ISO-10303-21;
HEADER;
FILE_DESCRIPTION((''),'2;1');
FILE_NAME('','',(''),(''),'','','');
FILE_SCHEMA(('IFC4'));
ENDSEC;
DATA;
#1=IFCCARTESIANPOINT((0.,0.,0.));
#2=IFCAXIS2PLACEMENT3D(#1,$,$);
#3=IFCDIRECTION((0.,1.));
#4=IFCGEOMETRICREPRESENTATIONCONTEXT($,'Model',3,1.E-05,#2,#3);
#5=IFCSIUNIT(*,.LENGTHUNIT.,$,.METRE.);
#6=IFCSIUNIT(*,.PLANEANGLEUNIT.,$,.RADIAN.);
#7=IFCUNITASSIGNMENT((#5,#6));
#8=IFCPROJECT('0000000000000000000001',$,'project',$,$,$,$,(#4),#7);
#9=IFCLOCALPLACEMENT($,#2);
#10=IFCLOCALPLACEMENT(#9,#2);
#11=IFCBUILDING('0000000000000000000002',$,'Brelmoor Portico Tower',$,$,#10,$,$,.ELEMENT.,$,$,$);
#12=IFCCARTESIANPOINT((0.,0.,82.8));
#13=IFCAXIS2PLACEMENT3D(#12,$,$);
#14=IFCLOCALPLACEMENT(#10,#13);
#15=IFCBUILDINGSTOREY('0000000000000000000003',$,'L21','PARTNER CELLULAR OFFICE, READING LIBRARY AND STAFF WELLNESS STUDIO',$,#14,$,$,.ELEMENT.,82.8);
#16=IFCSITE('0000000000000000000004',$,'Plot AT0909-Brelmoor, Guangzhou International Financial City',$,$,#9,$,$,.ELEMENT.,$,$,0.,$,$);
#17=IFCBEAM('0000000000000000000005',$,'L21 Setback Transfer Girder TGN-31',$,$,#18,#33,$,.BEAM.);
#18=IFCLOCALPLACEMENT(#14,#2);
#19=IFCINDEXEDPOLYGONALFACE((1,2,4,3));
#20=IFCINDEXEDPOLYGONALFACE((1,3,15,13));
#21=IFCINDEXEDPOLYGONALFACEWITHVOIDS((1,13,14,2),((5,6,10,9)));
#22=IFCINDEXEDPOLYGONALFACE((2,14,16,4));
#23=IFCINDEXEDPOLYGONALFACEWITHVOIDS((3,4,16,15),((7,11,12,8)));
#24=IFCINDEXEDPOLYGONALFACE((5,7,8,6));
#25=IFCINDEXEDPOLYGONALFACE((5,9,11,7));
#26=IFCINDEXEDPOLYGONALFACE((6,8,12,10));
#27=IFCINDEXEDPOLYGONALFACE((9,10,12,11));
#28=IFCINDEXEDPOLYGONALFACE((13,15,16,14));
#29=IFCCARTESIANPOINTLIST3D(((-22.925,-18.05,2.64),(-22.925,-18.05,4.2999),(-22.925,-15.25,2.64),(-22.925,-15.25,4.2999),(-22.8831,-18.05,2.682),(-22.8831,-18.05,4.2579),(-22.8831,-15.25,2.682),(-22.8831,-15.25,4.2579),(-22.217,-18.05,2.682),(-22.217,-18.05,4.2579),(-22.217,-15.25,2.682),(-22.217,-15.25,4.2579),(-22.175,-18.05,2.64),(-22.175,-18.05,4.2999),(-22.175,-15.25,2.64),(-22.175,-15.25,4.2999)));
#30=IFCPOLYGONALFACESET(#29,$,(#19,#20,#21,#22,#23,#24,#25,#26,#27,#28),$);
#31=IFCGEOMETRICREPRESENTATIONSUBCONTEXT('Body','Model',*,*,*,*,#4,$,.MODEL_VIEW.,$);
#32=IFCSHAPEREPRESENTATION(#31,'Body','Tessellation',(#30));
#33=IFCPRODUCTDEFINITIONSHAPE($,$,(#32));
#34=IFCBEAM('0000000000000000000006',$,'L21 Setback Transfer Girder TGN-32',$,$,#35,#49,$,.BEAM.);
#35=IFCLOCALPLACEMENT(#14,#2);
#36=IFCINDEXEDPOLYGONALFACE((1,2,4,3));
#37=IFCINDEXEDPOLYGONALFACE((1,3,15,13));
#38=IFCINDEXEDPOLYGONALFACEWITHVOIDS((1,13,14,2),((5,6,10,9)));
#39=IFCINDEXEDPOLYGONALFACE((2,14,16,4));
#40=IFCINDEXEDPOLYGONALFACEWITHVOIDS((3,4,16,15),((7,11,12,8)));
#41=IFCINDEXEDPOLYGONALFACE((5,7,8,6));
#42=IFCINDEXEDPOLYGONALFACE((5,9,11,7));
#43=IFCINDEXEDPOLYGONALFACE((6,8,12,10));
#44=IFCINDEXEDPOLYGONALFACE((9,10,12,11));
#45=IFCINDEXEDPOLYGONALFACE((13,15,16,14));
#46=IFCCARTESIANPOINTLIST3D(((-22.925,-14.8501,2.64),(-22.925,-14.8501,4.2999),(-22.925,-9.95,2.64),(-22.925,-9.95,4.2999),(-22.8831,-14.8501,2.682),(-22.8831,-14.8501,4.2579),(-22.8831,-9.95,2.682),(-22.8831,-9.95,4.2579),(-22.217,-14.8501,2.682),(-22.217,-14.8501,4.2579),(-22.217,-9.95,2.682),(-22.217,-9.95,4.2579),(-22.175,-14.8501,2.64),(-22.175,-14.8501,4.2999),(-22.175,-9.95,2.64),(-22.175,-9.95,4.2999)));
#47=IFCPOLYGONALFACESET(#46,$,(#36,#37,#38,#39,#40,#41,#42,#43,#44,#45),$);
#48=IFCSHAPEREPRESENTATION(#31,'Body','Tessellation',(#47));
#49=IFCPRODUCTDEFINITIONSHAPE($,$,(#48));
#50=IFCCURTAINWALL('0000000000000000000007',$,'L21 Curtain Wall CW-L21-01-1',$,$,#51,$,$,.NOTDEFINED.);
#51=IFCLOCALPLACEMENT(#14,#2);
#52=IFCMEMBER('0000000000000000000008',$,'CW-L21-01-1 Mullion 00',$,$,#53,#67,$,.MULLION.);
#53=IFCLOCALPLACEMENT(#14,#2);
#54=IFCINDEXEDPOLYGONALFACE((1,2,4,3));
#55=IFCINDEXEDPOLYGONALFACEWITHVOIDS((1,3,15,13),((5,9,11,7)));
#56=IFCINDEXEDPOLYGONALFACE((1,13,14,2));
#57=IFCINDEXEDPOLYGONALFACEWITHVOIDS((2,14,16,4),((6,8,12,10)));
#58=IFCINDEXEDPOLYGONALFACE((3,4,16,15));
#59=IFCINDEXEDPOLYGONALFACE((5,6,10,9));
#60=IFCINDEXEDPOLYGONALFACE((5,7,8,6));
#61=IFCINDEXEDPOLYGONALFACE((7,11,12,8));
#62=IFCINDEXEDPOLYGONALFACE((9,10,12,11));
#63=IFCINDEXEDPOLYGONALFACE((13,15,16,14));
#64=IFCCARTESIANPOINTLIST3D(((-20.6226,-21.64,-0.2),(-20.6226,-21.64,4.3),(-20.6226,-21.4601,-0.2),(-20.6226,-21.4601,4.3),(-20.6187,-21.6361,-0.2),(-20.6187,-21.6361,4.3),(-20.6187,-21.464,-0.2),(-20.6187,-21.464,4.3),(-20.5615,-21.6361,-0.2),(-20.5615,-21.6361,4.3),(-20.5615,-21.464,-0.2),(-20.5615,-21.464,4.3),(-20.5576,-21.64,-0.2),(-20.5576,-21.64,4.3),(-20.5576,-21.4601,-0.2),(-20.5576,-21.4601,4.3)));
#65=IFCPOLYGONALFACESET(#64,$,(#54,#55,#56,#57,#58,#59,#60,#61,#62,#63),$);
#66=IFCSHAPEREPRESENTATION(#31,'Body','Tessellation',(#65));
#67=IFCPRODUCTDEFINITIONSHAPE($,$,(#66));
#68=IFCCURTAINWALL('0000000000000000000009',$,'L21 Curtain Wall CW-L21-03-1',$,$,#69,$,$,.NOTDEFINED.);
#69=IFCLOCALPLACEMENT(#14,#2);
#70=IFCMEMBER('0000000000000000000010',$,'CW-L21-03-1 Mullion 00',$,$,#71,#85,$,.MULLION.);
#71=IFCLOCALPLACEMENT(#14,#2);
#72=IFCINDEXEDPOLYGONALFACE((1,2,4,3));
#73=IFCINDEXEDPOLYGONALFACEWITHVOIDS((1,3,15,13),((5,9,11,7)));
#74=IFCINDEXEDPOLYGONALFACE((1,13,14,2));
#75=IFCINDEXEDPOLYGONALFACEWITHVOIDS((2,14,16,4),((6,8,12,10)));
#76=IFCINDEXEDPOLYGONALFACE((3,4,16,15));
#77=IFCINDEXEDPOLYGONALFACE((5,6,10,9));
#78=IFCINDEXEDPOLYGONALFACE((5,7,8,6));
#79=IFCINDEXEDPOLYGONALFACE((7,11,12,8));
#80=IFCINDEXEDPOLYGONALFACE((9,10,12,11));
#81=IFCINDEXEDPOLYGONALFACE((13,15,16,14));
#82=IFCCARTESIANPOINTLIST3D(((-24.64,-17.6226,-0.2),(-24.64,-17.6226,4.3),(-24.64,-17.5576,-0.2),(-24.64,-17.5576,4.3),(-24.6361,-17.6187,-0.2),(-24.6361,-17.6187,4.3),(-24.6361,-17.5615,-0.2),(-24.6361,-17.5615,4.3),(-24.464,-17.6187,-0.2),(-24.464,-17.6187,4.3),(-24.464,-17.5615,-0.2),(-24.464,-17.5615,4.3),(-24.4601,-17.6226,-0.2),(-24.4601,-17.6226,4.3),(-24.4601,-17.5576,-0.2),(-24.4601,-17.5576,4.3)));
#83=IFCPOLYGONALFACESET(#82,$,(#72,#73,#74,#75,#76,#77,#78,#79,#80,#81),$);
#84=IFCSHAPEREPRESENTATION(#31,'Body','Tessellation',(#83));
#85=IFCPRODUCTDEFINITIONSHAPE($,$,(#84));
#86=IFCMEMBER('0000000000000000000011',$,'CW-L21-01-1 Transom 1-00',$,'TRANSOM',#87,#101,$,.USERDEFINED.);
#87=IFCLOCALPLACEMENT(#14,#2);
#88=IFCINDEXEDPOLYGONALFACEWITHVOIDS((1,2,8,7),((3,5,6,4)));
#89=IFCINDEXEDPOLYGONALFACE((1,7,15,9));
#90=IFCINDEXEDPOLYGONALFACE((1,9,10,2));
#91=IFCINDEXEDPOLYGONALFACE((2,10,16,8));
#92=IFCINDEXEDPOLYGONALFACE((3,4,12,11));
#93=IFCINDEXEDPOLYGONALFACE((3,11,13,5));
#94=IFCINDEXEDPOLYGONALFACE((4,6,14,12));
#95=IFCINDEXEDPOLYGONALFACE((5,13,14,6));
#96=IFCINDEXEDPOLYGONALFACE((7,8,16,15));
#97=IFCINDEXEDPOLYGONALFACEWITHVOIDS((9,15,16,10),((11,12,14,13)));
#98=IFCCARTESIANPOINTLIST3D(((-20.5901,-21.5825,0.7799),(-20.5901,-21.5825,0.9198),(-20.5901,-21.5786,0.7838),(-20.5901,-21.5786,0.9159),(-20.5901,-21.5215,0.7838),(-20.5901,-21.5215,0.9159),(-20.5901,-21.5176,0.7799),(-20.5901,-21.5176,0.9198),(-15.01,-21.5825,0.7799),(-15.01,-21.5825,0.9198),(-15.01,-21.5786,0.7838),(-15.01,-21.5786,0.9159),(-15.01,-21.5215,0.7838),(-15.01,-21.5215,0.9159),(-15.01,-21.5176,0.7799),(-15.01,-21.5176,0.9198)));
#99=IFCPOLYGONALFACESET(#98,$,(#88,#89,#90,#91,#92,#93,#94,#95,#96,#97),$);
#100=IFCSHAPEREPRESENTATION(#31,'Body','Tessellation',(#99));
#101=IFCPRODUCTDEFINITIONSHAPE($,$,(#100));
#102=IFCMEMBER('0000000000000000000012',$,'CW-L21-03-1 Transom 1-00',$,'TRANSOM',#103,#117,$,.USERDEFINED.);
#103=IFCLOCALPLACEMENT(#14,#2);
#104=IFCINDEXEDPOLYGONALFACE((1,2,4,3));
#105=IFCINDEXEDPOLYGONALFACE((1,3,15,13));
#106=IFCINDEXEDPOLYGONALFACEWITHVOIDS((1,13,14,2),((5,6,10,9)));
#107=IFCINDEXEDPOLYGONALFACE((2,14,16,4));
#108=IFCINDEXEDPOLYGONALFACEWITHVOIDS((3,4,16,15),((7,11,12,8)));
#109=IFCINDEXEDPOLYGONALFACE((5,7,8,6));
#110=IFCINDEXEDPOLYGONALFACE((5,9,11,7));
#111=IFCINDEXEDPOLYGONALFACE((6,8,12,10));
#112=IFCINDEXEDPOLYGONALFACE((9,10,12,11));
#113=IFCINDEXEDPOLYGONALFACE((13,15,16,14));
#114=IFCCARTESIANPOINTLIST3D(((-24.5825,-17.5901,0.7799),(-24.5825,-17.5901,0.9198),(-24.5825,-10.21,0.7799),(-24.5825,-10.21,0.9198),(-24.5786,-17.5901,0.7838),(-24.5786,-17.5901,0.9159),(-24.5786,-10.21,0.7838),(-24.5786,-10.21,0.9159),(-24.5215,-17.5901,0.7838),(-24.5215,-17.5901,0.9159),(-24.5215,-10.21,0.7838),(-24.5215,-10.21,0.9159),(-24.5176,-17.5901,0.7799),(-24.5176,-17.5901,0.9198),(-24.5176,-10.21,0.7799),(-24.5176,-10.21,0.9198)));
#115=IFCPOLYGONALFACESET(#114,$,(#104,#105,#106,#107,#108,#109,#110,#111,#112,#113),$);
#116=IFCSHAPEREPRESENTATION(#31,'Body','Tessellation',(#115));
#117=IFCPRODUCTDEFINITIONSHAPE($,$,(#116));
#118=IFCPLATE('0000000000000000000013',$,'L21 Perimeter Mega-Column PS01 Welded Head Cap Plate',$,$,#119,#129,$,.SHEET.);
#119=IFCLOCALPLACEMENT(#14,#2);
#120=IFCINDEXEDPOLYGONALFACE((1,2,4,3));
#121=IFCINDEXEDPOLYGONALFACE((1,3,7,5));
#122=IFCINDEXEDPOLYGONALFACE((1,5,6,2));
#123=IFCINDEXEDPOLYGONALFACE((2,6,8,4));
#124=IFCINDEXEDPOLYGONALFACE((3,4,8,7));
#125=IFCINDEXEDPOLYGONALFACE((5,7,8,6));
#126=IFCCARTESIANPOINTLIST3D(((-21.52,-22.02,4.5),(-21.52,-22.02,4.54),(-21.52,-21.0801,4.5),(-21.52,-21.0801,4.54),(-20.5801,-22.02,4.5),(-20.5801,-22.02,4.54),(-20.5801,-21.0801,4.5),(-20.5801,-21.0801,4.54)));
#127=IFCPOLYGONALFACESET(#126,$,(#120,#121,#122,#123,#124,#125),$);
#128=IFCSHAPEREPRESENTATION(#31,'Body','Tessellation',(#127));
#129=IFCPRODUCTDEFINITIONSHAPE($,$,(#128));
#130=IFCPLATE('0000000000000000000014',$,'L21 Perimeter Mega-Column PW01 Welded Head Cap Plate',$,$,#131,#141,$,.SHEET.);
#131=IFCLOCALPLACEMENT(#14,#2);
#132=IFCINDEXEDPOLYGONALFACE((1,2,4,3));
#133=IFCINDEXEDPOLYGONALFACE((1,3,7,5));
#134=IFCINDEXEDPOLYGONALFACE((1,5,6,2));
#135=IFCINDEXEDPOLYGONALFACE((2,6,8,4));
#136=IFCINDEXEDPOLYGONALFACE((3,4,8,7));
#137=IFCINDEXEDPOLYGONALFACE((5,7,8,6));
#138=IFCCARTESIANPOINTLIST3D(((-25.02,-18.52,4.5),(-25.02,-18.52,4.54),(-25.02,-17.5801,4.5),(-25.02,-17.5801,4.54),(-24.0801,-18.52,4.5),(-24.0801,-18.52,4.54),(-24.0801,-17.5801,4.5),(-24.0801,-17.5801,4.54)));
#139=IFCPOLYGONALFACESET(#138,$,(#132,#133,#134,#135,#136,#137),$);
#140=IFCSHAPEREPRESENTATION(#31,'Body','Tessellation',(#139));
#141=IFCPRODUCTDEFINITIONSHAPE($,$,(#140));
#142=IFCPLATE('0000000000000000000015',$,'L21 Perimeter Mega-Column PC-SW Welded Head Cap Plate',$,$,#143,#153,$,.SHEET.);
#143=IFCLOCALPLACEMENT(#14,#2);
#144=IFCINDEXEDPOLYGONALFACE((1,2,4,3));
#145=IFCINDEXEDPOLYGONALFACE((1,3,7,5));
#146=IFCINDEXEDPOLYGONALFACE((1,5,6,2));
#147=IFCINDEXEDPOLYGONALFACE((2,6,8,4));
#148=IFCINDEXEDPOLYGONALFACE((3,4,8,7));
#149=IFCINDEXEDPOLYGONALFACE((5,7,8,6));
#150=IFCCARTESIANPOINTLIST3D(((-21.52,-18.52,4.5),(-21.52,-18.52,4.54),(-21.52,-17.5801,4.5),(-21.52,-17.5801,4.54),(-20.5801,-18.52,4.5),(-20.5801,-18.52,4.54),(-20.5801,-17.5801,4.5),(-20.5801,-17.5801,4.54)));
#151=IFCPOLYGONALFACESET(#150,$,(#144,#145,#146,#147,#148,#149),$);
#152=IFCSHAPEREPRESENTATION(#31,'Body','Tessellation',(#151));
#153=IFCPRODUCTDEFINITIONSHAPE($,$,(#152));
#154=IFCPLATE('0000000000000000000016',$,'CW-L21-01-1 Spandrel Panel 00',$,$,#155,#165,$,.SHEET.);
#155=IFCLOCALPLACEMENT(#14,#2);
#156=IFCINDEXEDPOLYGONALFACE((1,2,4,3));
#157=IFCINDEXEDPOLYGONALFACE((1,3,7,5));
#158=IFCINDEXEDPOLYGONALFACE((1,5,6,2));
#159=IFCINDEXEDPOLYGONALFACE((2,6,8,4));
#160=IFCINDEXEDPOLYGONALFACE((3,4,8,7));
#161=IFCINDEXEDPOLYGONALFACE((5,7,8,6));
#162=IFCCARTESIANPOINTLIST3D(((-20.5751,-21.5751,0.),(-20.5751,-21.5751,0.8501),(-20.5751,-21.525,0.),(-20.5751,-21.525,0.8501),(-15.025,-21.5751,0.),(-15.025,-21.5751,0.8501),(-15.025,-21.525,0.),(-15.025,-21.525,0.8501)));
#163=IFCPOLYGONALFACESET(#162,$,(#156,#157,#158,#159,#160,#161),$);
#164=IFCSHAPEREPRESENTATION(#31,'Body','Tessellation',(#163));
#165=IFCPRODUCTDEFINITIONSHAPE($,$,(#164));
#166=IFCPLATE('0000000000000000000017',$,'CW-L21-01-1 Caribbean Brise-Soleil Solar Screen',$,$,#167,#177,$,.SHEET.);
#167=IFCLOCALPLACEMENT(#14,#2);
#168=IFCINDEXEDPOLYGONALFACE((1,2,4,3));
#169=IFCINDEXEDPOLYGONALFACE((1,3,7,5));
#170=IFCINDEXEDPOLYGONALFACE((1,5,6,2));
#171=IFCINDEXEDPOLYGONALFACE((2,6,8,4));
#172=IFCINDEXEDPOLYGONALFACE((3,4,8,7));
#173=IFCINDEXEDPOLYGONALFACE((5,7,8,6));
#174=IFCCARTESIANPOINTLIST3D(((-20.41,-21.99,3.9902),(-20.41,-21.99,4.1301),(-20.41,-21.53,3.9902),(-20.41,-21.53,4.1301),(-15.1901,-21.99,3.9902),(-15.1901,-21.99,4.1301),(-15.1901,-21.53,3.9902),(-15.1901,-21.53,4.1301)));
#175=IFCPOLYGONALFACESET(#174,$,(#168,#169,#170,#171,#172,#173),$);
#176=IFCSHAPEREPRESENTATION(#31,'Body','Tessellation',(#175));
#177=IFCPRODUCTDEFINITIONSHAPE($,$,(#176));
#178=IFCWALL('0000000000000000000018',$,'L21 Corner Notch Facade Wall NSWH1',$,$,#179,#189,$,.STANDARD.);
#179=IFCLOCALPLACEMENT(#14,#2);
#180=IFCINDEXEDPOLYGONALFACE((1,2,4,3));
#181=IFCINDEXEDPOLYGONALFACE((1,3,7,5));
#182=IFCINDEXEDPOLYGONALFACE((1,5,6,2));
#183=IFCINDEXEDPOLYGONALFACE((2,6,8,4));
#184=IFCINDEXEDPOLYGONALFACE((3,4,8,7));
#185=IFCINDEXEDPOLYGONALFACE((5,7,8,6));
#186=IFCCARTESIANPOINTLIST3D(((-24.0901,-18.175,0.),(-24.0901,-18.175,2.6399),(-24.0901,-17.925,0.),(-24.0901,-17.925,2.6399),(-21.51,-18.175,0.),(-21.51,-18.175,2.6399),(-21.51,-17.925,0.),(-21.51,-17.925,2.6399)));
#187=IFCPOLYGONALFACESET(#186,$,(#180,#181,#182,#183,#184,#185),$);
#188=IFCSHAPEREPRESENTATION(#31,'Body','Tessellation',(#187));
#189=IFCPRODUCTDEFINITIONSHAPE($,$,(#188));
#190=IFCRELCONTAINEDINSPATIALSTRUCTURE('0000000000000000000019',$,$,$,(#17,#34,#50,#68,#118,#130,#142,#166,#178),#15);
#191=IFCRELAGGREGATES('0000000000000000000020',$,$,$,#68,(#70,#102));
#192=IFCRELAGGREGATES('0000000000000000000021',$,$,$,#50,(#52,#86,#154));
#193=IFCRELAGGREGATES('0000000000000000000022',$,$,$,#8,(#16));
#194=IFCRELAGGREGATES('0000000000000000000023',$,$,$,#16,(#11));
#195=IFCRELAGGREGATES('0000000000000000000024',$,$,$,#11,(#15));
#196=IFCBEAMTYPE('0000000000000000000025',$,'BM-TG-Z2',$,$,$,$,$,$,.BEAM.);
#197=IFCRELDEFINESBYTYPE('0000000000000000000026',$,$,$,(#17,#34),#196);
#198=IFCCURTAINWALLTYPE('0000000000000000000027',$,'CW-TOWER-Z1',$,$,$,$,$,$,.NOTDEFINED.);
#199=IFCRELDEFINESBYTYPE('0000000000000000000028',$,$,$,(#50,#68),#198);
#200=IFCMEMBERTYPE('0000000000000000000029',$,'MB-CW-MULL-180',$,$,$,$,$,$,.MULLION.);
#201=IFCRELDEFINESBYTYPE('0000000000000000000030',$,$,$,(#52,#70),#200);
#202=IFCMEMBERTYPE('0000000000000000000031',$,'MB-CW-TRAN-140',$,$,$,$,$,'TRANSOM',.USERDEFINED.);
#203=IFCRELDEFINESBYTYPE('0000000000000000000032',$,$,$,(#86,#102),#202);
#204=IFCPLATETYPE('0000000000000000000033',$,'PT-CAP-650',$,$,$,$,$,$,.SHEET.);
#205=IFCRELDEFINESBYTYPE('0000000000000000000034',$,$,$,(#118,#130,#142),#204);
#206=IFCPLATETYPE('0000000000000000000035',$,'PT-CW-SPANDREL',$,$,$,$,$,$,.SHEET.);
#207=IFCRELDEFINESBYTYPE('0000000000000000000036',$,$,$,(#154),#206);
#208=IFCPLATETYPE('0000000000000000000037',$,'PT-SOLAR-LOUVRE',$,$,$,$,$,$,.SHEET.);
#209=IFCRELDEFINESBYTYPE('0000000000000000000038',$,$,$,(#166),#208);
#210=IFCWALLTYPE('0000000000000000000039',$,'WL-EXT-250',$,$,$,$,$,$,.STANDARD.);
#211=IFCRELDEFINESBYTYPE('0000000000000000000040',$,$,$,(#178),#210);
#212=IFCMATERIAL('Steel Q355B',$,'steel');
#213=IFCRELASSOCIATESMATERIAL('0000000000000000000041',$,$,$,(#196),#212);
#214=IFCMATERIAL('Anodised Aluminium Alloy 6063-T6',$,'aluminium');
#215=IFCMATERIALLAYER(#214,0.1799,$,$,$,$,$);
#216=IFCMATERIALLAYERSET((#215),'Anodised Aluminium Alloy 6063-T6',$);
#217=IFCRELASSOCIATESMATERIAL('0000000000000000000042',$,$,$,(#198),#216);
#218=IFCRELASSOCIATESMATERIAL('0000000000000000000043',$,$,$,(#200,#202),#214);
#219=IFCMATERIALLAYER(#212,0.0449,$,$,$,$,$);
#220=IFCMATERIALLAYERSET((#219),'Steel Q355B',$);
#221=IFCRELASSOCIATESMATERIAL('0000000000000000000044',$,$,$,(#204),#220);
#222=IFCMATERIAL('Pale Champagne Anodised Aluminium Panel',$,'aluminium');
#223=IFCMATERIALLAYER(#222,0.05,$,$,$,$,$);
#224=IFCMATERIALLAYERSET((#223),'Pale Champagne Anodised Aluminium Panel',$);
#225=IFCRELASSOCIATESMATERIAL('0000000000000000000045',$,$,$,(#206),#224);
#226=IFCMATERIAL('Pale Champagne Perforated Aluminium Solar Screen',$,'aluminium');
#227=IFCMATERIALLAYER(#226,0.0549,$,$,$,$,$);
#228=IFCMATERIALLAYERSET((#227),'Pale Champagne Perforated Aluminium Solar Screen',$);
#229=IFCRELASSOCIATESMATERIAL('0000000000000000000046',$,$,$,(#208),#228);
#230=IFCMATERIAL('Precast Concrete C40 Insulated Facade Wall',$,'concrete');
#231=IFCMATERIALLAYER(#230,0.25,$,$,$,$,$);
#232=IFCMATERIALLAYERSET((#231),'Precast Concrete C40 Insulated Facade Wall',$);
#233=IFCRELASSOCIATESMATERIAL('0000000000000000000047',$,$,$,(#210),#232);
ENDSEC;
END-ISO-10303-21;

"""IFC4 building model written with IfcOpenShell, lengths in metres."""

from ifc_helpers import new_model, si_unit, direction, frame, frame_2d, origin, origin_2d, place, context, subcontext, project, spatial, rectangle, hollow_rectangle, extrude, material, layer, layer_set, material_profile, profile_set, type_object, element, aggregate, save


model = new_model("IFC4")

# Units and contexts
model_context = context("Model", 3, precision=1e-05, world=origin(), true_north=direction((0.0, 1.0)))
body_context = subcontext(model_context, "Body", "Model", "MODEL_VIEW")
ifc_project = project(units=[si_unit("LENGTHUNIT", "METRE"), si_unit("PLANEANGLEUNIT", "RADIAN")], contexts=[model_context])

# Site, building, storey
site_placement = place(None, origin())
site = spatial("IfcSite", under=ifc_project, at=site_placement, Name="Plot AT0909-Brelmoor, Guangzhou International Financial City", CompositionType="ELEMENT", RefElevation=0.0)
building_placement = place(site_placement, origin())
building = spatial("IfcBuilding", under=site, at=building_placement, Name="Brelmoor Portico Tower", CompositionType="ELEMENT")
storey_placement = place(building_placement, frame((0.0, 0.0, 82.8)))
storey = spatial("IfcBuildingStorey", under=building, at=storey_placement, Name="L21", Description="PARTNER CELLULAR OFFICE, READING LIBRARY AND STAFF WELLNESS STUDIO", CompositionType="ELEMENT", Elevation=82.8)

# Shared definitions
ifc_material_1 = material(Name="Steel Q355B", Category="steel")

# Beams
ifc_material_profile_1 = material_profile(ifc_material_1, hollow_rectangle(XDim=0.75, YDim=1.6599, WallThickness=0.042, at=origin_2d()), Name="BOX 750x1660x42")
ifc_profile_set_1 = profile_set([ifc_material_profile_1], Name="Steel Q355B")
beam_type = type_object("IfcBeamType", Name="BM-TG-Z2", PredefinedType="BEAM", material=ifc_profile_set_1)
beam_1_placement = place(storey_placement, frame((-22.55, -18.05, 3.47), z_axis=(0.0, 1.0, 0.0), x_axis=(-1.0, 0.0, 0.0)))
element("IfcBeam", 1, at=beam_1_placement, inside=storey, type_object=beam_type, Name="L21 Setback Transfer Girder TGN-31", PredefinedType="BEAM", context=body_context, shape_type="SweptSolid", body=[
    extrude(hollow_rectangle(XDim=0.75, YDim=1.6599, WallThickness=0.042, at=origin_2d()), origin(), (0.0, 0.0, 1.0), 2.8),
])
beam_2_placement = place(storey_placement, frame((-22.55, -14.8501, 3.47), z_axis=(0.0, 1.0, 0.0), x_axis=(-1.0, 0.0, 0.0)))
element("IfcBeam", 2, at=beam_2_placement, inside=storey, type_object=beam_type, Name="L21 Setback Transfer Girder TGN-32", PredefinedType="BEAM", context=body_context, shape_type="SweptSolid", body=[
    extrude(hollow_rectangle(XDim=0.75, YDim=1.6599, WallThickness=0.042, at=origin_2d()), origin(), (0.0, 0.0, 1.0), 4.9001),
])

# Curtain walls, members
ifc_material_2 = material(Name="Anodised Aluminium Alloy 6063-T6", Category="aluminium")
ifc_layer_1 = layer(ifc_material_2, 0.1799)
ifc_layer_set_1 = layer_set([ifc_layer_1], Name="Anodised Aluminium Alloy 6063-T6")
curtain_wall_type = type_object("IfcCurtainWallType", Name="CW-TOWER-Z1", PredefinedType="NOTDEFINED", material=ifc_layer_set_1)
curtain_wall_1_placement = place(storey_placement, origin())
curtain_wall_1 = element("IfcCurtainWall", 3, at=curtain_wall_1_placement, inside=storey, type_object=curtain_wall_type, Name="L21 Curtain Wall CW-L21-01-1", PredefinedType="NOTDEFINED")
ifc_material_profile_2 = material_profile(ifc_material_2, hollow_rectangle(XDim=0.0649, YDim=0.1799, WallThickness=0.0039, at=origin_2d()), Name="ALU MULLION 65x180")
ifc_profile_set_2 = profile_set([ifc_material_profile_2], Name="Anodised Aluminium Alloy 6063-T6")
member_type_1 = type_object("IfcMemberType", Name="MB-CW-MULL-180", PredefinedType="MULLION", material=ifc_profile_set_2)
member_1_placement = place(storey_placement, frame((-20.5901, -21.55, -0.2), z_axis=(0.0, 0.0, 1.0), x_axis=(1.0, 0.0, 0.0)))
member_1 = element("IfcMember", 4, at=member_1_placement, type_object=member_type_1, Name="CW-L21-01-1 Mullion 00", PredefinedType="MULLION", context=body_context, shape_type="SweptSolid", body=[
    extrude(hollow_rectangle(XDim=0.0649, YDim=0.1799, WallThickness=0.0039, at=origin_2d()), origin(), (0.0, 0.0, 1.0), 4.5),
])
curtain_wall_2_placement = place(storey_placement, origin())
curtain_wall_2 = element("IfcCurtainWall", 5, at=curtain_wall_2_placement, inside=storey, type_object=curtain_wall_type, Name="L21 Curtain Wall CW-L21-03-1", PredefinedType="NOTDEFINED")
member_2_placement = place(storey_placement, frame((-24.55, -17.5901, -0.2), z_axis=(0.0, 0.0, 1.0), x_axis=(0.0, 1.0, 0.0)))
member_2 = element("IfcMember", 6, at=member_2_placement, type_object=member_type_1, Name="CW-L21-03-1 Mullion 00", PredefinedType="MULLION", context=body_context, shape_type="SweptSolid", body=[
    extrude(hollow_rectangle(XDim=0.0649, YDim=0.1799, WallThickness=0.0039, at=origin_2d()), origin(), (0.0, 0.0, 1.0), 4.5),
])

# Members
ifc_material_profile_3 = material_profile(ifc_material_2, hollow_rectangle(XDim=0.0649, YDim=0.1399, WallThickness=0.0039, at=origin_2d()), Name="ALU TRANSOM 65x140")
ifc_profile_set_3 = profile_set([ifc_material_profile_3], Name="Anodised Aluminium Alloy 6063-T6")
member_type_2 = type_object("IfcMemberType", Name="MB-CW-TRAN-140", ElementType="TRANSOM", PredefinedType="USERDEFINED", material=ifc_profile_set_3)
member_3_placement = place(storey_placement, frame((-20.5901, -21.55, 0.8499), z_axis=(1.0, 0.0, 0.0), x_axis=(0.0, 1.0, 0.0)))
member_3 = element("IfcMember", 7, at=member_3_placement, type_object=member_type_2, Name="CW-L21-01-1 Transom 1-00", ObjectType="TRANSOM", PredefinedType="USERDEFINED", context=body_context, shape_type="SweptSolid", body=[
    extrude(hollow_rectangle(XDim=0.0649, YDim=0.1399, WallThickness=0.0039, at=origin_2d()), origin(), (0.0, 0.0, 1.0), 5.5801),
])
member_4_placement = place(storey_placement, frame((-24.55, -17.5901, 0.8499), z_axis=(0.0, 1.0, 0.0), x_axis=(-1.0, 0.0, 0.0)))
member_4 = element("IfcMember", 8, at=member_4_placement, type_object=member_type_2, Name="CW-L21-03-1 Transom 1-00", ObjectType="TRANSOM", PredefinedType="USERDEFINED", context=body_context, shape_type="SweptSolid", body=[
    extrude(hollow_rectangle(XDim=0.0649, YDim=0.1399, WallThickness=0.0039, at=origin_2d()), origin(), (0.0, 0.0, 1.0), 7.3801),
])
aggregate(curtain_wall_2, [member_2, member_4])

# Plates
ifc_layer_2 = layer(ifc_material_1, 0.0449)
ifc_layer_set_2 = layer_set([ifc_layer_2], Name="Steel Q355B")
plate_type_1 = type_object("IfcPlateType", Name="PT-CAP-650", PredefinedType="SHEET", material=ifc_layer_set_2)
for number, where, z_axis, x_axis, name in (
    (9, (-21.05, -21.55, 4.5), (0.0, 0.0, 1.0), (1.0, 0.0, 0.0), "L21 Perimeter Mega-Column PS01 Welded Head Cap Plate"),
    (10, (-24.55, -18.05, 4.5), (0.0, 0.0, 1.0), (0.0, 1.0, 0.0), "L21 Perimeter Mega-Column PW01 Welded Head Cap Plate"),
    (11, (-21.05, -18.05, 4.5), (0.0, 0.0, 1.0), (1.0, 0.0, 0.0), "L21 Perimeter Mega-Column PC-SW Welded Head Cap Plate"),
):
    element("IfcPlate", number, at=place(storey_placement, frame(where, z_axis=z_axis, x_axis=x_axis)), inside=storey, type_object=plate_type_1, Name=name, PredefinedType="SHEET", context=body_context, shape_type="SweptSolid", body=[
        extrude(rectangle(XDim=0.9399, YDim=0.9399, at=origin_2d()), origin(), (0.0, 0.0, 1.0), 0.04),
    ])

# Plates
ifc_material_3 = material(Name="Pale Champagne Anodised Aluminium Panel", Category="aluminium")
ifc_layer_3 = layer(ifc_material_3, 0.05)
ifc_layer_set_3 = layer_set([ifc_layer_3], Name="Pale Champagne Anodised Aluminium Panel")
plate_type_2 = type_object("IfcPlateType", Name="PT-CW-SPANDREL", PredefinedType="SHEET", material=ifc_layer_set_3)
plate_1_placement = place(storey_placement, frame((-17.8, -21.55, 0.0), z_axis=(0.0, 0.0, 1.0), x_axis=(1.0, 0.0, 0.0)))
plate_1 = element("IfcPlate", 12, at=plate_1_placement, type_object=plate_type_2, Name="CW-L21-01-1 Spandrel Panel 00", PredefinedType="SHEET", context=body_context, shape_type="SweptSolid", body=[
    extrude(rectangle(XDim=5.55, YDim=0.05, at=origin_2d()), origin(), (0.0, 0.0, 1.0), 0.8501),
])
aggregate(curtain_wall_1, [member_1, member_3, plate_1])
ifc_material_4 = material(Name="Pale Champagne Perforated Aluminium Solar Screen", Category="aluminium")
ifc_layer_4 = layer(ifc_material_4, 0.0549)
ifc_layer_set_4 = layer_set([ifc_layer_4], Name="Pale Champagne Perforated Aluminium Solar Screen")
plate_type_3 = type_object("IfcPlateType", Name="PT-SOLAR-LOUVRE", PredefinedType="SHEET", material=ifc_layer_set_4)
plate_2_placement = place(storey_placement, frame((-17.8, -21.76, 3.9902), z_axis=(0.0, 0.0, 1.0), x_axis=(1.0, 0.0, 0.0)))
element("IfcPlate", 13, at=plate_2_placement, inside=storey, type_object=plate_type_3, Name="CW-L21-01-1 Caribbean Brise-Soleil Solar Screen", PredefinedType="SHEET", context=body_context, shape_type="SweptSolid", body=[
    extrude(rectangle(XDim=5.22, YDim=0.46, at=origin_2d()), origin(), (0.0, 0.0, 1.0), 0.1399),
])

# Wall
ifc_material_5 = material(Name="Precast Concrete C40 Insulated Facade Wall", Category="concrete")
ifc_layer_5 = layer(ifc_material_5, 0.25)
ifc_layer_set_5 = layer_set([ifc_layer_5], Name="Precast Concrete C40 Insulated Facade Wall")
wall_type_1 = type_object("IfcWallType", Name="WL-EXT-250", PredefinedType="STANDARD", material=ifc_layer_set_5)
for number, where, z_axis, x_axis, name in (
    (14, (-24.0901, -18.05, 0.0), (0.0, 0.0, 1.0), (1.0, 0.0, 0.0), "L21 Corner Notch Facade Wall NSWH1"),
):
    element("IfcWall", number, at=place(storey_placement, frame(where, z_axis=z_axis, x_axis=x_axis)), inside=storey, type_object=wall_type_1, Name=name, PredefinedType="STANDARD", context=body_context, shape_type="SweptSolid", body=[
        extrude(rectangle(XDim=2.5801, YDim=0.25, at=frame_2d((1.29, 0.0))), origin(), (0.0, 0.0, 1.0), 2.6399),
    ])

save(model, "model.ifc")
